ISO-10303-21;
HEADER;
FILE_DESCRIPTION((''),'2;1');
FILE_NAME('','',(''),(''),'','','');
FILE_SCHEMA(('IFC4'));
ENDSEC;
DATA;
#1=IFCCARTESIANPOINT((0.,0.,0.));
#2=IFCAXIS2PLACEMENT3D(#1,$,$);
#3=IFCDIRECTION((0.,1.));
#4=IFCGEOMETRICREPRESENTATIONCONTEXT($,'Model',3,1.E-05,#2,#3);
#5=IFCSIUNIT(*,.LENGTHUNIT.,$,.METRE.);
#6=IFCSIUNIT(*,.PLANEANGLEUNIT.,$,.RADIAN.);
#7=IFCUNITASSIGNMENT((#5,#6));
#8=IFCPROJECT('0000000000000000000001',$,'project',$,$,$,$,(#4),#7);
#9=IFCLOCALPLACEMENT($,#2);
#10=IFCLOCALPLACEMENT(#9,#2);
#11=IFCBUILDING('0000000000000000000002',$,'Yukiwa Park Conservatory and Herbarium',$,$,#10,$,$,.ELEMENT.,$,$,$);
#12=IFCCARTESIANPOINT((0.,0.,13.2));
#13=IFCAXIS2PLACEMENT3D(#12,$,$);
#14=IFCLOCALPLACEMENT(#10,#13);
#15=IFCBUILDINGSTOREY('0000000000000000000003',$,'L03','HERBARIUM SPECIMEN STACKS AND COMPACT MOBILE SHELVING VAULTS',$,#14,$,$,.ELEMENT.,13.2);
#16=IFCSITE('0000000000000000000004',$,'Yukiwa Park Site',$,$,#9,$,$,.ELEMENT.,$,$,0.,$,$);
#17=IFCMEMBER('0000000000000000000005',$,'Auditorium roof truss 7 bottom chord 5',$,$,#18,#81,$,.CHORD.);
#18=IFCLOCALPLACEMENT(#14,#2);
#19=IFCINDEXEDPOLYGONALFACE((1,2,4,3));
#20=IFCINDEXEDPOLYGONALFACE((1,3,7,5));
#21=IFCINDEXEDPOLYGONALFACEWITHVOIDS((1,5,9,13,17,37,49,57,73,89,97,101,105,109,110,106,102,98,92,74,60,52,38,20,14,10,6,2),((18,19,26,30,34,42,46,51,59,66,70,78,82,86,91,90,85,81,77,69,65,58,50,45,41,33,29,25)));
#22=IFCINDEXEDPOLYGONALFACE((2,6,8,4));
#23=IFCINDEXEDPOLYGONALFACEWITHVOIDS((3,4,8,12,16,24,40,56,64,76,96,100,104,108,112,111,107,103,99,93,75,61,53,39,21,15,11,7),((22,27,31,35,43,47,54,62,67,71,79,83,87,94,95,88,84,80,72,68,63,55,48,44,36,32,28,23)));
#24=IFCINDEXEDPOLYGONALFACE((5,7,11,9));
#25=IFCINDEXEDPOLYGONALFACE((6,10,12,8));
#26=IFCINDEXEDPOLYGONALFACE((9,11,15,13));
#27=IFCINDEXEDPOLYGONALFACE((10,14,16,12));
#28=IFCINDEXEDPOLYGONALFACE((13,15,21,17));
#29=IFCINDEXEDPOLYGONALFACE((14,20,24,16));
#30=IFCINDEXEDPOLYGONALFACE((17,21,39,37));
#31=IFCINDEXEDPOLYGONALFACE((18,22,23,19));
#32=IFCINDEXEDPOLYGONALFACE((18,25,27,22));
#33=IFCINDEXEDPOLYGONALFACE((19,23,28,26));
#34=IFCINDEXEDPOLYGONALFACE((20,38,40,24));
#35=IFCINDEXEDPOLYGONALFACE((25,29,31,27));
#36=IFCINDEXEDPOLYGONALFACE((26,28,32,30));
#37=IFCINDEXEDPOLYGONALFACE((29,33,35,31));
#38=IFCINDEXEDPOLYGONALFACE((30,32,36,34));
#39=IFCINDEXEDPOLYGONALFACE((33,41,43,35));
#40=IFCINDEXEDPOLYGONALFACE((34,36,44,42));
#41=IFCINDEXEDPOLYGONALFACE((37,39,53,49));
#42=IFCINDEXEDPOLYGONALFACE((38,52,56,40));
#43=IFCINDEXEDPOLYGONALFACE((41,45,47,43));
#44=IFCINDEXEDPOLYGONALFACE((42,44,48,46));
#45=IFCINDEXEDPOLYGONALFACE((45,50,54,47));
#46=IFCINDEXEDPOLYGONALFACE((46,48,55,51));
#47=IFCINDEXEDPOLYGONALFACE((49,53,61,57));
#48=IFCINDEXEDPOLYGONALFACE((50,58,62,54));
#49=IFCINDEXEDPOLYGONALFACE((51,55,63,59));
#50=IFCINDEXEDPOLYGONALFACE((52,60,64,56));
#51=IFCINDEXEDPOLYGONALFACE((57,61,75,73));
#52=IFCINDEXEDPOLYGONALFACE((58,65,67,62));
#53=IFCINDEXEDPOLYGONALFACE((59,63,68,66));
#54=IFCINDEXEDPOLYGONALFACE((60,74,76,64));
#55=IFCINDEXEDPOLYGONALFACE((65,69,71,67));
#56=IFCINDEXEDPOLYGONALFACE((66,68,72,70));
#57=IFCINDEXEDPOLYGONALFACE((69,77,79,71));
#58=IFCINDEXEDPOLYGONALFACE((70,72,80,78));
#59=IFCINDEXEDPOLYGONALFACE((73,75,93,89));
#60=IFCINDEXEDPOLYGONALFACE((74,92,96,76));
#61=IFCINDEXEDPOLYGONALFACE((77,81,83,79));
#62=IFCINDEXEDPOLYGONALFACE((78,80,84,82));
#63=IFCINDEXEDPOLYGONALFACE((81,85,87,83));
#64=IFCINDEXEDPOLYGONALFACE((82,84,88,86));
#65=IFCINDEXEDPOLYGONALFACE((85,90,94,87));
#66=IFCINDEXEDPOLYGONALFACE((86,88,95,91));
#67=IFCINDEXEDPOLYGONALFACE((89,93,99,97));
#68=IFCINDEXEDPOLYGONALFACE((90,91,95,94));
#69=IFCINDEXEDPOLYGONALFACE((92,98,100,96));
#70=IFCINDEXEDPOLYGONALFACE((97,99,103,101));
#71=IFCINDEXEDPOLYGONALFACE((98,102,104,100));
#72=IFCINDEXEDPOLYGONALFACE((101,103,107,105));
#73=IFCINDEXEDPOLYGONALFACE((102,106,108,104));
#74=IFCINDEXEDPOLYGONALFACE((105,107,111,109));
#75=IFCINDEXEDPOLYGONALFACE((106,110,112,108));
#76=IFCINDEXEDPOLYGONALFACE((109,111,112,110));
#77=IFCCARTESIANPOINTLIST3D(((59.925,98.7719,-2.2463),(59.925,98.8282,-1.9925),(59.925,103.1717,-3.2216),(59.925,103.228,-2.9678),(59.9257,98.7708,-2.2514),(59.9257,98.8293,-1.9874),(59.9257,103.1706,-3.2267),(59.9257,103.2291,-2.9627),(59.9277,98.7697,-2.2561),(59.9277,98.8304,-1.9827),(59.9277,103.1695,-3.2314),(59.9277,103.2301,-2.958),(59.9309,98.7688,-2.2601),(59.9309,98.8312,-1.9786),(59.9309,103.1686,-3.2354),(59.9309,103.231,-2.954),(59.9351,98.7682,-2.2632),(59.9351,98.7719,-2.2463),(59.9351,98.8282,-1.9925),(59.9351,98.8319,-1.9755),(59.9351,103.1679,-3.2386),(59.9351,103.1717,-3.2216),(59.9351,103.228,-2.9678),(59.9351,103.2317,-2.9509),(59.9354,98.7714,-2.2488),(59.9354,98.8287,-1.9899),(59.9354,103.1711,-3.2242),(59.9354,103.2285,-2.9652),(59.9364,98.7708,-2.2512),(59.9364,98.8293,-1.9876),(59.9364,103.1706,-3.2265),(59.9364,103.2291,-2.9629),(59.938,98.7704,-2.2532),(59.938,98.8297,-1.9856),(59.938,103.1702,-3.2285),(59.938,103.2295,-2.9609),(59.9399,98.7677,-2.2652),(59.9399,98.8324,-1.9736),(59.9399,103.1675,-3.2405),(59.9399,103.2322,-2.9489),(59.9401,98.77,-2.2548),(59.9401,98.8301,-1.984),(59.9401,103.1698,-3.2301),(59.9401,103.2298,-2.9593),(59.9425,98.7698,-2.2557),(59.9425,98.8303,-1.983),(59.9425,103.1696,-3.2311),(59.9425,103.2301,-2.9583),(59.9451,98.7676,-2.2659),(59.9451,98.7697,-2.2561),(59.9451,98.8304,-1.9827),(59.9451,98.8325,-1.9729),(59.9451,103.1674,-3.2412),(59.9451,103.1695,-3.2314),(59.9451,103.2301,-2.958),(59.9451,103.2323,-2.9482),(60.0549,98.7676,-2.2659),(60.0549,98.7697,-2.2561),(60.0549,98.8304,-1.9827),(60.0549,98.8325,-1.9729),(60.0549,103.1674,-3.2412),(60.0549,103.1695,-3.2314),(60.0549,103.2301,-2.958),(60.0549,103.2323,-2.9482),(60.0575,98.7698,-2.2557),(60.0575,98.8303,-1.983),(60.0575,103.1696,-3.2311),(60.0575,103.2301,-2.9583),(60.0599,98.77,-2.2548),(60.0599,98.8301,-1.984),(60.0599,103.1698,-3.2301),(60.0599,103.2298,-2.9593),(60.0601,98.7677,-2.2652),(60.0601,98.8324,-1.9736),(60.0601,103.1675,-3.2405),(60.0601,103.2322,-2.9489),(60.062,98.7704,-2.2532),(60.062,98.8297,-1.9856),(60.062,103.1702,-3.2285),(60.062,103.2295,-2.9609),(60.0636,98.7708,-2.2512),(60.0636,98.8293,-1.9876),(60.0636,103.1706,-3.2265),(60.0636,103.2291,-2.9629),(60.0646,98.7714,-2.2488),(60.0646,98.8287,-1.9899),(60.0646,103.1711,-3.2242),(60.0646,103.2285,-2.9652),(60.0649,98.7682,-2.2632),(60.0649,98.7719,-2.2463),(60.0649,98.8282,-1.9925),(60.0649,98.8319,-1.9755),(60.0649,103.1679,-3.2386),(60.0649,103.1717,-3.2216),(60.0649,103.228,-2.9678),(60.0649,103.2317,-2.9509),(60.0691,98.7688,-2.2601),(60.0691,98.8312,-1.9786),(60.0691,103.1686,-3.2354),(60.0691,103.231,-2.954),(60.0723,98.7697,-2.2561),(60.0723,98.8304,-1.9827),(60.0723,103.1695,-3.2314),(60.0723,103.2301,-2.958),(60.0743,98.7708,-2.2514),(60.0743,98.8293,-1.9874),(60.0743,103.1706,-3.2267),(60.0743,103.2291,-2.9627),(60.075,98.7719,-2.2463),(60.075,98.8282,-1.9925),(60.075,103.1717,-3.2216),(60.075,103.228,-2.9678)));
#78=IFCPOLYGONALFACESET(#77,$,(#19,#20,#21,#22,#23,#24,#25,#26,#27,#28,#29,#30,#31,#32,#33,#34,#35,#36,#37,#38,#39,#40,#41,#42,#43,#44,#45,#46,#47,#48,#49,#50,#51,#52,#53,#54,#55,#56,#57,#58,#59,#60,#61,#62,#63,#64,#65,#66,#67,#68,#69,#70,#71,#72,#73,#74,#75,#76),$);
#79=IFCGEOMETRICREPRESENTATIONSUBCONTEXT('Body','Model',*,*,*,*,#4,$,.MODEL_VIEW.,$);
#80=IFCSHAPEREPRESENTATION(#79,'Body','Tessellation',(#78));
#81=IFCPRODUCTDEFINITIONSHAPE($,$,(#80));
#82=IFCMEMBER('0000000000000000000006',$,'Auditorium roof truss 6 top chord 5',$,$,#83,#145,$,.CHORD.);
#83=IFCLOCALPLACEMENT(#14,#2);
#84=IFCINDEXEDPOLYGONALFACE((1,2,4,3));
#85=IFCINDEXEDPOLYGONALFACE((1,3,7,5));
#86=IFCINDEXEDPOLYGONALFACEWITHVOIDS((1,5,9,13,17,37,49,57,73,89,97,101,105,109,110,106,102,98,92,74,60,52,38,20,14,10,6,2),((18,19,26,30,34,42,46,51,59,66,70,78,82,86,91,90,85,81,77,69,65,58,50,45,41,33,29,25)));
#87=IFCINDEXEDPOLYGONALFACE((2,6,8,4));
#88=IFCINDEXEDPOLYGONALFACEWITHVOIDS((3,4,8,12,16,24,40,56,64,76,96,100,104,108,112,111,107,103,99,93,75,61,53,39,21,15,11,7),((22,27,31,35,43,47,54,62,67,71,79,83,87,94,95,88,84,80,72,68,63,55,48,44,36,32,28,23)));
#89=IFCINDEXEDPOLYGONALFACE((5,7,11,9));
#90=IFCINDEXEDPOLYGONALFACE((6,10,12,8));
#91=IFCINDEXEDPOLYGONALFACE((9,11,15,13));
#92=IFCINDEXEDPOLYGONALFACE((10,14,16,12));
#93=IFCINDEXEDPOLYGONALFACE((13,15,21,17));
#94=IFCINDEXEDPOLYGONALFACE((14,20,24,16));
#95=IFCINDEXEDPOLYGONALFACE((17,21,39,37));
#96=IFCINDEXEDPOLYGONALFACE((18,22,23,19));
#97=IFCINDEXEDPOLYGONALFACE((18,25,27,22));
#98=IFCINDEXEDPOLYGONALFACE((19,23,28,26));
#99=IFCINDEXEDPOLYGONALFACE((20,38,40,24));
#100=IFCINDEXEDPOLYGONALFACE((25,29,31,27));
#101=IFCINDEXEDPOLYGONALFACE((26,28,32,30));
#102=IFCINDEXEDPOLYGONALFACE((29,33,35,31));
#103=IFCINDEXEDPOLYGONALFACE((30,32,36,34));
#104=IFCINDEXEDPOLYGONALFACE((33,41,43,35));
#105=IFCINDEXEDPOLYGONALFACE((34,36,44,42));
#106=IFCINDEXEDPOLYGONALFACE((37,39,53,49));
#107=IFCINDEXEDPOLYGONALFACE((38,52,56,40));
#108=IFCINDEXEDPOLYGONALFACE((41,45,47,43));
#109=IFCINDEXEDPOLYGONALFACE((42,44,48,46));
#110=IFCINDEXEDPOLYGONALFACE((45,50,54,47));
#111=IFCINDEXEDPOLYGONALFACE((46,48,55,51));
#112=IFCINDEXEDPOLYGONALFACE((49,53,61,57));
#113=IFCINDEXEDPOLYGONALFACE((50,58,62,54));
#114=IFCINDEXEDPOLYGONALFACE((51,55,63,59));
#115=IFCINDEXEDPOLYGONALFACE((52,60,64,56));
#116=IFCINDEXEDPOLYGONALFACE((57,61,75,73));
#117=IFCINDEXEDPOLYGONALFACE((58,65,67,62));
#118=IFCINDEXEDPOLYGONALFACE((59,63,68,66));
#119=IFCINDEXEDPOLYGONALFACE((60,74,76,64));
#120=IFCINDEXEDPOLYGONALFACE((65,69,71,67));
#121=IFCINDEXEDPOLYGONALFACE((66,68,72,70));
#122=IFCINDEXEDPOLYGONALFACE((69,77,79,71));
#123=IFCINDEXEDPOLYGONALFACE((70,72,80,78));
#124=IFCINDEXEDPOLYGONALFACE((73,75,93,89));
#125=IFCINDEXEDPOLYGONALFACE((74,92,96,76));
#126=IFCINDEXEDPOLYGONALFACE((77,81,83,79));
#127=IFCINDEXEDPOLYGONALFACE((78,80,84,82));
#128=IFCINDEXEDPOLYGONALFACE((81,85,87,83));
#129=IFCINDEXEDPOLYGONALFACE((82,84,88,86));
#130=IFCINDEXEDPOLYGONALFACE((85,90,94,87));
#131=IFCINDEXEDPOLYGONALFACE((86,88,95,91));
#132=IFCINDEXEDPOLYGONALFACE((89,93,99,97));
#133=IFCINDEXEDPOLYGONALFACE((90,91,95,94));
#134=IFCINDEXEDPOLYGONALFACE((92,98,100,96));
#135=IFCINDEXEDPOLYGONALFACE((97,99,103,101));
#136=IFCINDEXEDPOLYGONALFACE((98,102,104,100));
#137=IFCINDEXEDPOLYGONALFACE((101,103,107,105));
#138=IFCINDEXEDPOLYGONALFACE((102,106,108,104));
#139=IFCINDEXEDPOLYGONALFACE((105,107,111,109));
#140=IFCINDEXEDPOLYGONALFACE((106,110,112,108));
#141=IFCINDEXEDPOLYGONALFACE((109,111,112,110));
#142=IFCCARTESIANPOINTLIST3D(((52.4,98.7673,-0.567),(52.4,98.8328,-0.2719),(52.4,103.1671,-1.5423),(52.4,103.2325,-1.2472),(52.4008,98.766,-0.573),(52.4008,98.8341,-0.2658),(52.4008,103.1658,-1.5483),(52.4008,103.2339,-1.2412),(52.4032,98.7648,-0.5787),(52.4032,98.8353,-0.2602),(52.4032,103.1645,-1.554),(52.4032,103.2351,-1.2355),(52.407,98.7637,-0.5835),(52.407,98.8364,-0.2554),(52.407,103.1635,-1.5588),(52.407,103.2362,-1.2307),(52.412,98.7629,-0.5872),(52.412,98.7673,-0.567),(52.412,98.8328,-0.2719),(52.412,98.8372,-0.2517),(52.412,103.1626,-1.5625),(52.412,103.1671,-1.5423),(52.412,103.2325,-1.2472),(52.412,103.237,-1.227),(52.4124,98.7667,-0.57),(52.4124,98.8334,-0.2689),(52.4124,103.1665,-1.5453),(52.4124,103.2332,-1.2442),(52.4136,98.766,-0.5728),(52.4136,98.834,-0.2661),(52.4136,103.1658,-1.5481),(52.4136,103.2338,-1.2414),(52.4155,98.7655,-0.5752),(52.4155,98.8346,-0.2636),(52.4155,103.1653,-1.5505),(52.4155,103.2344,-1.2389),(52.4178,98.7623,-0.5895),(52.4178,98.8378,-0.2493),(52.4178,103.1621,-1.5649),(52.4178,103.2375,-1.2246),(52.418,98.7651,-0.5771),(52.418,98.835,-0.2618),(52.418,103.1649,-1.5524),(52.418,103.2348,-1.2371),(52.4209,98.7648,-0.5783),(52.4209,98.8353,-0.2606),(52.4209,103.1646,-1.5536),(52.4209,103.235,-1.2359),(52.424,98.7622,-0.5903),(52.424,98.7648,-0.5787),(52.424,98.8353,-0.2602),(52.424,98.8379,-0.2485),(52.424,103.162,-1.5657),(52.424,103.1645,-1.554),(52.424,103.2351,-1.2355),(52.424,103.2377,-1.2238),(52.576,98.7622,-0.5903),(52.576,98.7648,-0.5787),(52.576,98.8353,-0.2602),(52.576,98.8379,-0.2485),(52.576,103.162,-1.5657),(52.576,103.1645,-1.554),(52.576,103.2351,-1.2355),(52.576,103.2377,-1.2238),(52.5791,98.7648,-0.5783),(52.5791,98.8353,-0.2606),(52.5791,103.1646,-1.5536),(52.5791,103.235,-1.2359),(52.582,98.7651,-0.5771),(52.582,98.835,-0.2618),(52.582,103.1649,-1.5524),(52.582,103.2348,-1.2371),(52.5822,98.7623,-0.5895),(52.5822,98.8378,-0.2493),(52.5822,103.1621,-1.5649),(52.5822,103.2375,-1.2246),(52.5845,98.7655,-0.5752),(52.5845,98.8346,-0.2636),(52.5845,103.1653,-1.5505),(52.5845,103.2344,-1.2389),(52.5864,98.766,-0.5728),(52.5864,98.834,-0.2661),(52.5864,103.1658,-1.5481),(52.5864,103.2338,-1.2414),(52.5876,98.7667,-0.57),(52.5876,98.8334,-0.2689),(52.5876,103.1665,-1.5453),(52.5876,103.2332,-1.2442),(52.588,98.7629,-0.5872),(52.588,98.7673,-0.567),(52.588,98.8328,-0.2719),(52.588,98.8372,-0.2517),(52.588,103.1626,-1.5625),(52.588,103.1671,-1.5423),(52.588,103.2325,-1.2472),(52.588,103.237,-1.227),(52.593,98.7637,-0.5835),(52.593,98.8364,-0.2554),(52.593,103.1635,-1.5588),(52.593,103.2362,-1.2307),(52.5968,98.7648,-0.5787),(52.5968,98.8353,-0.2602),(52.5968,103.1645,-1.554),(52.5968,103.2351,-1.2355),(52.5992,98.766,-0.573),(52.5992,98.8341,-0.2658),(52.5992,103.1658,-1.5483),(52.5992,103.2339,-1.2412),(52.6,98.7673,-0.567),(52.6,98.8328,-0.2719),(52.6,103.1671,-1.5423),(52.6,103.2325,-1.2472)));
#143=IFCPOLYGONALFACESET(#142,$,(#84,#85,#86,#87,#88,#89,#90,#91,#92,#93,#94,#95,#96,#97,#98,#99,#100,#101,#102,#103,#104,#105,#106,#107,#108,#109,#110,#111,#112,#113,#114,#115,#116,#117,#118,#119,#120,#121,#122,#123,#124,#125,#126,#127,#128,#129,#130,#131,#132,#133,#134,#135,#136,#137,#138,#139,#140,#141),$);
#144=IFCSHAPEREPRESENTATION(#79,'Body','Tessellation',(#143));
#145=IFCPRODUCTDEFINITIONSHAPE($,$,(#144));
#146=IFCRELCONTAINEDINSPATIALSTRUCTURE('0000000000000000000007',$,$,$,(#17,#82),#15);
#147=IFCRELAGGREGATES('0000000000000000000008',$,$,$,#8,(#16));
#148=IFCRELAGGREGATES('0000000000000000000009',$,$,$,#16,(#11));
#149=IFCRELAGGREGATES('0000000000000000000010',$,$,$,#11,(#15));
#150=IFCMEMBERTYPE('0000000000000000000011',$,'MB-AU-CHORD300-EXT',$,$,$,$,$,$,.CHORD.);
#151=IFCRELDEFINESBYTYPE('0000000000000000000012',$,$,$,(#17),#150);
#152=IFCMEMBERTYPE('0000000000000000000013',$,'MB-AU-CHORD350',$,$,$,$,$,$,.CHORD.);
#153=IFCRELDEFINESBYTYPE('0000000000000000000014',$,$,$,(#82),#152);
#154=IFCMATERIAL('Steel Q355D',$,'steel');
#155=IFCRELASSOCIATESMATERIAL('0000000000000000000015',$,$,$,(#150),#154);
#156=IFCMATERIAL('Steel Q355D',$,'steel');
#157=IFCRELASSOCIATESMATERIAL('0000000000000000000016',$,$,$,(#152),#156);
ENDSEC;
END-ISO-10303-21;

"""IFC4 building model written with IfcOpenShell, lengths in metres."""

from ifc_helpers import new_model, si_unit, direction, frame, origin, origin_2d, place, context, subcontext, project, spatial, hollow_rectangle, extrude, material, material_profile, profile_set, type_object, element, save


model = new_model("IFC4")

# Units and contexts
model_context = context("Model", 3, precision=1e-05, world=origin(), true_north=direction((0.0, 1.0)))
body_context = subcontext(model_context, "Body", "Model", "MODEL_VIEW")
ifc_project = project(units=[si_unit("LENGTHUNIT", "METRE"), si_unit("PLANEANGLEUNIT", "RADIAN")], contexts=[model_context])

# Site, building, storey
site_placement = place(None, origin())
site = spatial("IfcSite", under=ifc_project, at=site_placement, Name="Yukiwa Park Site", CompositionType="ELEMENT", RefElevation=0.0)
building_placement = place(site_placement, origin())
building = spatial("IfcBuilding", under=site, at=building_placement, Name="Yukiwa Park Conservatory and Herbarium", CompositionType="ELEMENT")
storey_placement = place(building_placement, frame((0.0, 0.0, 13.2)))
storey = spatial("IfcBuildingStorey", under=building, at=storey_placement, Name="L03", Description="HERBARIUM SPECIMEN STACKS AND COMPACT MOBILE SHELVING VAULTS", CompositionType="ELEMENT", Elevation=13.2)

# Members
ifc_material_1 = material(Name="Steel Q355D", Category="steel")
ifc_material_profile_1 = material_profile(ifc_material_1, hollow_rectangle(XDim=0.1499, YDim=0.3, WallThickness=0.01, InnerFilletRadius=0.01, OuterFilletRadius=0.02, at=origin_2d()), Name="RHS 300x150x10")
ifc_profile_set_1 = profile_set([ifc_material_profile_1], Name="Steel Q355D")
member_type_1 = type_object("IfcMemberType", Name="MB-AU-CHORD300-EXT", PredefinedType="CHORD", material=ifc_profile_set_1)
member_1_placement = place(storey_placement, frame((60.0, 98.8, -2.1194), z_axis=(0.0, 0.9763, -0.21642), x_axis=(-1.0, 0.0, 0.0)))
element("IfcMember", 1, at=member_1_placement, inside=storey, type_object=member_type_1, Name="Auditorium roof truss 7 bottom chord 5", PredefinedType="CHORD", context=body_context, shape_type="SweptSolid", body=[
    extrude(hollow_rectangle(XDim=0.1499, YDim=0.3, WallThickness=0.01, InnerFilletRadius=0.01, OuterFilletRadius=0.02, at=origin_2d()), origin(), (0.0, 0.0, 1.0), 4.5066),
])
ifc_material_2 = material(Name="Steel Q355D", Category="steel")
ifc_material_profile_2 = material_profile(ifc_material_2, hollow_rectangle(XDim=0.2, YDim=0.3501, WallThickness=0.012, InnerFilletRadius=0.012, OuterFilletRadius=0.0239, at=origin_2d()), Name="RHS 350x200x12")
ifc_profile_set_2 = profile_set([ifc_material_profile_2], Name="Steel Q355D")
member_type_2 = type_object("IfcMemberType", Name="MB-AU-CHORD350", PredefinedType="CHORD", material=ifc_profile_set_2)
member_2_placement = place(storey_placement, frame((52.5, 98.8, -0.4194), z_axis=(0.0, 0.9763, -0.21642), x_axis=(-1.0, 0.0, 0.0)))
element("IfcMember", 2, at=member_2_placement, inside=storey, type_object=member_type_2, Name="Auditorium roof truss 6 top chord 5", PredefinedType="CHORD", context=body_context, shape_type="SweptSolid", body=[
    extrude(hollow_rectangle(XDim=0.2, YDim=0.3501, WallThickness=0.012, InnerFilletRadius=0.012, OuterFilletRadius=0.0239, at=origin_2d()), origin(), (0.0, 0.0, 1.0), 4.5066),
])

save(model, "model.ifc")
